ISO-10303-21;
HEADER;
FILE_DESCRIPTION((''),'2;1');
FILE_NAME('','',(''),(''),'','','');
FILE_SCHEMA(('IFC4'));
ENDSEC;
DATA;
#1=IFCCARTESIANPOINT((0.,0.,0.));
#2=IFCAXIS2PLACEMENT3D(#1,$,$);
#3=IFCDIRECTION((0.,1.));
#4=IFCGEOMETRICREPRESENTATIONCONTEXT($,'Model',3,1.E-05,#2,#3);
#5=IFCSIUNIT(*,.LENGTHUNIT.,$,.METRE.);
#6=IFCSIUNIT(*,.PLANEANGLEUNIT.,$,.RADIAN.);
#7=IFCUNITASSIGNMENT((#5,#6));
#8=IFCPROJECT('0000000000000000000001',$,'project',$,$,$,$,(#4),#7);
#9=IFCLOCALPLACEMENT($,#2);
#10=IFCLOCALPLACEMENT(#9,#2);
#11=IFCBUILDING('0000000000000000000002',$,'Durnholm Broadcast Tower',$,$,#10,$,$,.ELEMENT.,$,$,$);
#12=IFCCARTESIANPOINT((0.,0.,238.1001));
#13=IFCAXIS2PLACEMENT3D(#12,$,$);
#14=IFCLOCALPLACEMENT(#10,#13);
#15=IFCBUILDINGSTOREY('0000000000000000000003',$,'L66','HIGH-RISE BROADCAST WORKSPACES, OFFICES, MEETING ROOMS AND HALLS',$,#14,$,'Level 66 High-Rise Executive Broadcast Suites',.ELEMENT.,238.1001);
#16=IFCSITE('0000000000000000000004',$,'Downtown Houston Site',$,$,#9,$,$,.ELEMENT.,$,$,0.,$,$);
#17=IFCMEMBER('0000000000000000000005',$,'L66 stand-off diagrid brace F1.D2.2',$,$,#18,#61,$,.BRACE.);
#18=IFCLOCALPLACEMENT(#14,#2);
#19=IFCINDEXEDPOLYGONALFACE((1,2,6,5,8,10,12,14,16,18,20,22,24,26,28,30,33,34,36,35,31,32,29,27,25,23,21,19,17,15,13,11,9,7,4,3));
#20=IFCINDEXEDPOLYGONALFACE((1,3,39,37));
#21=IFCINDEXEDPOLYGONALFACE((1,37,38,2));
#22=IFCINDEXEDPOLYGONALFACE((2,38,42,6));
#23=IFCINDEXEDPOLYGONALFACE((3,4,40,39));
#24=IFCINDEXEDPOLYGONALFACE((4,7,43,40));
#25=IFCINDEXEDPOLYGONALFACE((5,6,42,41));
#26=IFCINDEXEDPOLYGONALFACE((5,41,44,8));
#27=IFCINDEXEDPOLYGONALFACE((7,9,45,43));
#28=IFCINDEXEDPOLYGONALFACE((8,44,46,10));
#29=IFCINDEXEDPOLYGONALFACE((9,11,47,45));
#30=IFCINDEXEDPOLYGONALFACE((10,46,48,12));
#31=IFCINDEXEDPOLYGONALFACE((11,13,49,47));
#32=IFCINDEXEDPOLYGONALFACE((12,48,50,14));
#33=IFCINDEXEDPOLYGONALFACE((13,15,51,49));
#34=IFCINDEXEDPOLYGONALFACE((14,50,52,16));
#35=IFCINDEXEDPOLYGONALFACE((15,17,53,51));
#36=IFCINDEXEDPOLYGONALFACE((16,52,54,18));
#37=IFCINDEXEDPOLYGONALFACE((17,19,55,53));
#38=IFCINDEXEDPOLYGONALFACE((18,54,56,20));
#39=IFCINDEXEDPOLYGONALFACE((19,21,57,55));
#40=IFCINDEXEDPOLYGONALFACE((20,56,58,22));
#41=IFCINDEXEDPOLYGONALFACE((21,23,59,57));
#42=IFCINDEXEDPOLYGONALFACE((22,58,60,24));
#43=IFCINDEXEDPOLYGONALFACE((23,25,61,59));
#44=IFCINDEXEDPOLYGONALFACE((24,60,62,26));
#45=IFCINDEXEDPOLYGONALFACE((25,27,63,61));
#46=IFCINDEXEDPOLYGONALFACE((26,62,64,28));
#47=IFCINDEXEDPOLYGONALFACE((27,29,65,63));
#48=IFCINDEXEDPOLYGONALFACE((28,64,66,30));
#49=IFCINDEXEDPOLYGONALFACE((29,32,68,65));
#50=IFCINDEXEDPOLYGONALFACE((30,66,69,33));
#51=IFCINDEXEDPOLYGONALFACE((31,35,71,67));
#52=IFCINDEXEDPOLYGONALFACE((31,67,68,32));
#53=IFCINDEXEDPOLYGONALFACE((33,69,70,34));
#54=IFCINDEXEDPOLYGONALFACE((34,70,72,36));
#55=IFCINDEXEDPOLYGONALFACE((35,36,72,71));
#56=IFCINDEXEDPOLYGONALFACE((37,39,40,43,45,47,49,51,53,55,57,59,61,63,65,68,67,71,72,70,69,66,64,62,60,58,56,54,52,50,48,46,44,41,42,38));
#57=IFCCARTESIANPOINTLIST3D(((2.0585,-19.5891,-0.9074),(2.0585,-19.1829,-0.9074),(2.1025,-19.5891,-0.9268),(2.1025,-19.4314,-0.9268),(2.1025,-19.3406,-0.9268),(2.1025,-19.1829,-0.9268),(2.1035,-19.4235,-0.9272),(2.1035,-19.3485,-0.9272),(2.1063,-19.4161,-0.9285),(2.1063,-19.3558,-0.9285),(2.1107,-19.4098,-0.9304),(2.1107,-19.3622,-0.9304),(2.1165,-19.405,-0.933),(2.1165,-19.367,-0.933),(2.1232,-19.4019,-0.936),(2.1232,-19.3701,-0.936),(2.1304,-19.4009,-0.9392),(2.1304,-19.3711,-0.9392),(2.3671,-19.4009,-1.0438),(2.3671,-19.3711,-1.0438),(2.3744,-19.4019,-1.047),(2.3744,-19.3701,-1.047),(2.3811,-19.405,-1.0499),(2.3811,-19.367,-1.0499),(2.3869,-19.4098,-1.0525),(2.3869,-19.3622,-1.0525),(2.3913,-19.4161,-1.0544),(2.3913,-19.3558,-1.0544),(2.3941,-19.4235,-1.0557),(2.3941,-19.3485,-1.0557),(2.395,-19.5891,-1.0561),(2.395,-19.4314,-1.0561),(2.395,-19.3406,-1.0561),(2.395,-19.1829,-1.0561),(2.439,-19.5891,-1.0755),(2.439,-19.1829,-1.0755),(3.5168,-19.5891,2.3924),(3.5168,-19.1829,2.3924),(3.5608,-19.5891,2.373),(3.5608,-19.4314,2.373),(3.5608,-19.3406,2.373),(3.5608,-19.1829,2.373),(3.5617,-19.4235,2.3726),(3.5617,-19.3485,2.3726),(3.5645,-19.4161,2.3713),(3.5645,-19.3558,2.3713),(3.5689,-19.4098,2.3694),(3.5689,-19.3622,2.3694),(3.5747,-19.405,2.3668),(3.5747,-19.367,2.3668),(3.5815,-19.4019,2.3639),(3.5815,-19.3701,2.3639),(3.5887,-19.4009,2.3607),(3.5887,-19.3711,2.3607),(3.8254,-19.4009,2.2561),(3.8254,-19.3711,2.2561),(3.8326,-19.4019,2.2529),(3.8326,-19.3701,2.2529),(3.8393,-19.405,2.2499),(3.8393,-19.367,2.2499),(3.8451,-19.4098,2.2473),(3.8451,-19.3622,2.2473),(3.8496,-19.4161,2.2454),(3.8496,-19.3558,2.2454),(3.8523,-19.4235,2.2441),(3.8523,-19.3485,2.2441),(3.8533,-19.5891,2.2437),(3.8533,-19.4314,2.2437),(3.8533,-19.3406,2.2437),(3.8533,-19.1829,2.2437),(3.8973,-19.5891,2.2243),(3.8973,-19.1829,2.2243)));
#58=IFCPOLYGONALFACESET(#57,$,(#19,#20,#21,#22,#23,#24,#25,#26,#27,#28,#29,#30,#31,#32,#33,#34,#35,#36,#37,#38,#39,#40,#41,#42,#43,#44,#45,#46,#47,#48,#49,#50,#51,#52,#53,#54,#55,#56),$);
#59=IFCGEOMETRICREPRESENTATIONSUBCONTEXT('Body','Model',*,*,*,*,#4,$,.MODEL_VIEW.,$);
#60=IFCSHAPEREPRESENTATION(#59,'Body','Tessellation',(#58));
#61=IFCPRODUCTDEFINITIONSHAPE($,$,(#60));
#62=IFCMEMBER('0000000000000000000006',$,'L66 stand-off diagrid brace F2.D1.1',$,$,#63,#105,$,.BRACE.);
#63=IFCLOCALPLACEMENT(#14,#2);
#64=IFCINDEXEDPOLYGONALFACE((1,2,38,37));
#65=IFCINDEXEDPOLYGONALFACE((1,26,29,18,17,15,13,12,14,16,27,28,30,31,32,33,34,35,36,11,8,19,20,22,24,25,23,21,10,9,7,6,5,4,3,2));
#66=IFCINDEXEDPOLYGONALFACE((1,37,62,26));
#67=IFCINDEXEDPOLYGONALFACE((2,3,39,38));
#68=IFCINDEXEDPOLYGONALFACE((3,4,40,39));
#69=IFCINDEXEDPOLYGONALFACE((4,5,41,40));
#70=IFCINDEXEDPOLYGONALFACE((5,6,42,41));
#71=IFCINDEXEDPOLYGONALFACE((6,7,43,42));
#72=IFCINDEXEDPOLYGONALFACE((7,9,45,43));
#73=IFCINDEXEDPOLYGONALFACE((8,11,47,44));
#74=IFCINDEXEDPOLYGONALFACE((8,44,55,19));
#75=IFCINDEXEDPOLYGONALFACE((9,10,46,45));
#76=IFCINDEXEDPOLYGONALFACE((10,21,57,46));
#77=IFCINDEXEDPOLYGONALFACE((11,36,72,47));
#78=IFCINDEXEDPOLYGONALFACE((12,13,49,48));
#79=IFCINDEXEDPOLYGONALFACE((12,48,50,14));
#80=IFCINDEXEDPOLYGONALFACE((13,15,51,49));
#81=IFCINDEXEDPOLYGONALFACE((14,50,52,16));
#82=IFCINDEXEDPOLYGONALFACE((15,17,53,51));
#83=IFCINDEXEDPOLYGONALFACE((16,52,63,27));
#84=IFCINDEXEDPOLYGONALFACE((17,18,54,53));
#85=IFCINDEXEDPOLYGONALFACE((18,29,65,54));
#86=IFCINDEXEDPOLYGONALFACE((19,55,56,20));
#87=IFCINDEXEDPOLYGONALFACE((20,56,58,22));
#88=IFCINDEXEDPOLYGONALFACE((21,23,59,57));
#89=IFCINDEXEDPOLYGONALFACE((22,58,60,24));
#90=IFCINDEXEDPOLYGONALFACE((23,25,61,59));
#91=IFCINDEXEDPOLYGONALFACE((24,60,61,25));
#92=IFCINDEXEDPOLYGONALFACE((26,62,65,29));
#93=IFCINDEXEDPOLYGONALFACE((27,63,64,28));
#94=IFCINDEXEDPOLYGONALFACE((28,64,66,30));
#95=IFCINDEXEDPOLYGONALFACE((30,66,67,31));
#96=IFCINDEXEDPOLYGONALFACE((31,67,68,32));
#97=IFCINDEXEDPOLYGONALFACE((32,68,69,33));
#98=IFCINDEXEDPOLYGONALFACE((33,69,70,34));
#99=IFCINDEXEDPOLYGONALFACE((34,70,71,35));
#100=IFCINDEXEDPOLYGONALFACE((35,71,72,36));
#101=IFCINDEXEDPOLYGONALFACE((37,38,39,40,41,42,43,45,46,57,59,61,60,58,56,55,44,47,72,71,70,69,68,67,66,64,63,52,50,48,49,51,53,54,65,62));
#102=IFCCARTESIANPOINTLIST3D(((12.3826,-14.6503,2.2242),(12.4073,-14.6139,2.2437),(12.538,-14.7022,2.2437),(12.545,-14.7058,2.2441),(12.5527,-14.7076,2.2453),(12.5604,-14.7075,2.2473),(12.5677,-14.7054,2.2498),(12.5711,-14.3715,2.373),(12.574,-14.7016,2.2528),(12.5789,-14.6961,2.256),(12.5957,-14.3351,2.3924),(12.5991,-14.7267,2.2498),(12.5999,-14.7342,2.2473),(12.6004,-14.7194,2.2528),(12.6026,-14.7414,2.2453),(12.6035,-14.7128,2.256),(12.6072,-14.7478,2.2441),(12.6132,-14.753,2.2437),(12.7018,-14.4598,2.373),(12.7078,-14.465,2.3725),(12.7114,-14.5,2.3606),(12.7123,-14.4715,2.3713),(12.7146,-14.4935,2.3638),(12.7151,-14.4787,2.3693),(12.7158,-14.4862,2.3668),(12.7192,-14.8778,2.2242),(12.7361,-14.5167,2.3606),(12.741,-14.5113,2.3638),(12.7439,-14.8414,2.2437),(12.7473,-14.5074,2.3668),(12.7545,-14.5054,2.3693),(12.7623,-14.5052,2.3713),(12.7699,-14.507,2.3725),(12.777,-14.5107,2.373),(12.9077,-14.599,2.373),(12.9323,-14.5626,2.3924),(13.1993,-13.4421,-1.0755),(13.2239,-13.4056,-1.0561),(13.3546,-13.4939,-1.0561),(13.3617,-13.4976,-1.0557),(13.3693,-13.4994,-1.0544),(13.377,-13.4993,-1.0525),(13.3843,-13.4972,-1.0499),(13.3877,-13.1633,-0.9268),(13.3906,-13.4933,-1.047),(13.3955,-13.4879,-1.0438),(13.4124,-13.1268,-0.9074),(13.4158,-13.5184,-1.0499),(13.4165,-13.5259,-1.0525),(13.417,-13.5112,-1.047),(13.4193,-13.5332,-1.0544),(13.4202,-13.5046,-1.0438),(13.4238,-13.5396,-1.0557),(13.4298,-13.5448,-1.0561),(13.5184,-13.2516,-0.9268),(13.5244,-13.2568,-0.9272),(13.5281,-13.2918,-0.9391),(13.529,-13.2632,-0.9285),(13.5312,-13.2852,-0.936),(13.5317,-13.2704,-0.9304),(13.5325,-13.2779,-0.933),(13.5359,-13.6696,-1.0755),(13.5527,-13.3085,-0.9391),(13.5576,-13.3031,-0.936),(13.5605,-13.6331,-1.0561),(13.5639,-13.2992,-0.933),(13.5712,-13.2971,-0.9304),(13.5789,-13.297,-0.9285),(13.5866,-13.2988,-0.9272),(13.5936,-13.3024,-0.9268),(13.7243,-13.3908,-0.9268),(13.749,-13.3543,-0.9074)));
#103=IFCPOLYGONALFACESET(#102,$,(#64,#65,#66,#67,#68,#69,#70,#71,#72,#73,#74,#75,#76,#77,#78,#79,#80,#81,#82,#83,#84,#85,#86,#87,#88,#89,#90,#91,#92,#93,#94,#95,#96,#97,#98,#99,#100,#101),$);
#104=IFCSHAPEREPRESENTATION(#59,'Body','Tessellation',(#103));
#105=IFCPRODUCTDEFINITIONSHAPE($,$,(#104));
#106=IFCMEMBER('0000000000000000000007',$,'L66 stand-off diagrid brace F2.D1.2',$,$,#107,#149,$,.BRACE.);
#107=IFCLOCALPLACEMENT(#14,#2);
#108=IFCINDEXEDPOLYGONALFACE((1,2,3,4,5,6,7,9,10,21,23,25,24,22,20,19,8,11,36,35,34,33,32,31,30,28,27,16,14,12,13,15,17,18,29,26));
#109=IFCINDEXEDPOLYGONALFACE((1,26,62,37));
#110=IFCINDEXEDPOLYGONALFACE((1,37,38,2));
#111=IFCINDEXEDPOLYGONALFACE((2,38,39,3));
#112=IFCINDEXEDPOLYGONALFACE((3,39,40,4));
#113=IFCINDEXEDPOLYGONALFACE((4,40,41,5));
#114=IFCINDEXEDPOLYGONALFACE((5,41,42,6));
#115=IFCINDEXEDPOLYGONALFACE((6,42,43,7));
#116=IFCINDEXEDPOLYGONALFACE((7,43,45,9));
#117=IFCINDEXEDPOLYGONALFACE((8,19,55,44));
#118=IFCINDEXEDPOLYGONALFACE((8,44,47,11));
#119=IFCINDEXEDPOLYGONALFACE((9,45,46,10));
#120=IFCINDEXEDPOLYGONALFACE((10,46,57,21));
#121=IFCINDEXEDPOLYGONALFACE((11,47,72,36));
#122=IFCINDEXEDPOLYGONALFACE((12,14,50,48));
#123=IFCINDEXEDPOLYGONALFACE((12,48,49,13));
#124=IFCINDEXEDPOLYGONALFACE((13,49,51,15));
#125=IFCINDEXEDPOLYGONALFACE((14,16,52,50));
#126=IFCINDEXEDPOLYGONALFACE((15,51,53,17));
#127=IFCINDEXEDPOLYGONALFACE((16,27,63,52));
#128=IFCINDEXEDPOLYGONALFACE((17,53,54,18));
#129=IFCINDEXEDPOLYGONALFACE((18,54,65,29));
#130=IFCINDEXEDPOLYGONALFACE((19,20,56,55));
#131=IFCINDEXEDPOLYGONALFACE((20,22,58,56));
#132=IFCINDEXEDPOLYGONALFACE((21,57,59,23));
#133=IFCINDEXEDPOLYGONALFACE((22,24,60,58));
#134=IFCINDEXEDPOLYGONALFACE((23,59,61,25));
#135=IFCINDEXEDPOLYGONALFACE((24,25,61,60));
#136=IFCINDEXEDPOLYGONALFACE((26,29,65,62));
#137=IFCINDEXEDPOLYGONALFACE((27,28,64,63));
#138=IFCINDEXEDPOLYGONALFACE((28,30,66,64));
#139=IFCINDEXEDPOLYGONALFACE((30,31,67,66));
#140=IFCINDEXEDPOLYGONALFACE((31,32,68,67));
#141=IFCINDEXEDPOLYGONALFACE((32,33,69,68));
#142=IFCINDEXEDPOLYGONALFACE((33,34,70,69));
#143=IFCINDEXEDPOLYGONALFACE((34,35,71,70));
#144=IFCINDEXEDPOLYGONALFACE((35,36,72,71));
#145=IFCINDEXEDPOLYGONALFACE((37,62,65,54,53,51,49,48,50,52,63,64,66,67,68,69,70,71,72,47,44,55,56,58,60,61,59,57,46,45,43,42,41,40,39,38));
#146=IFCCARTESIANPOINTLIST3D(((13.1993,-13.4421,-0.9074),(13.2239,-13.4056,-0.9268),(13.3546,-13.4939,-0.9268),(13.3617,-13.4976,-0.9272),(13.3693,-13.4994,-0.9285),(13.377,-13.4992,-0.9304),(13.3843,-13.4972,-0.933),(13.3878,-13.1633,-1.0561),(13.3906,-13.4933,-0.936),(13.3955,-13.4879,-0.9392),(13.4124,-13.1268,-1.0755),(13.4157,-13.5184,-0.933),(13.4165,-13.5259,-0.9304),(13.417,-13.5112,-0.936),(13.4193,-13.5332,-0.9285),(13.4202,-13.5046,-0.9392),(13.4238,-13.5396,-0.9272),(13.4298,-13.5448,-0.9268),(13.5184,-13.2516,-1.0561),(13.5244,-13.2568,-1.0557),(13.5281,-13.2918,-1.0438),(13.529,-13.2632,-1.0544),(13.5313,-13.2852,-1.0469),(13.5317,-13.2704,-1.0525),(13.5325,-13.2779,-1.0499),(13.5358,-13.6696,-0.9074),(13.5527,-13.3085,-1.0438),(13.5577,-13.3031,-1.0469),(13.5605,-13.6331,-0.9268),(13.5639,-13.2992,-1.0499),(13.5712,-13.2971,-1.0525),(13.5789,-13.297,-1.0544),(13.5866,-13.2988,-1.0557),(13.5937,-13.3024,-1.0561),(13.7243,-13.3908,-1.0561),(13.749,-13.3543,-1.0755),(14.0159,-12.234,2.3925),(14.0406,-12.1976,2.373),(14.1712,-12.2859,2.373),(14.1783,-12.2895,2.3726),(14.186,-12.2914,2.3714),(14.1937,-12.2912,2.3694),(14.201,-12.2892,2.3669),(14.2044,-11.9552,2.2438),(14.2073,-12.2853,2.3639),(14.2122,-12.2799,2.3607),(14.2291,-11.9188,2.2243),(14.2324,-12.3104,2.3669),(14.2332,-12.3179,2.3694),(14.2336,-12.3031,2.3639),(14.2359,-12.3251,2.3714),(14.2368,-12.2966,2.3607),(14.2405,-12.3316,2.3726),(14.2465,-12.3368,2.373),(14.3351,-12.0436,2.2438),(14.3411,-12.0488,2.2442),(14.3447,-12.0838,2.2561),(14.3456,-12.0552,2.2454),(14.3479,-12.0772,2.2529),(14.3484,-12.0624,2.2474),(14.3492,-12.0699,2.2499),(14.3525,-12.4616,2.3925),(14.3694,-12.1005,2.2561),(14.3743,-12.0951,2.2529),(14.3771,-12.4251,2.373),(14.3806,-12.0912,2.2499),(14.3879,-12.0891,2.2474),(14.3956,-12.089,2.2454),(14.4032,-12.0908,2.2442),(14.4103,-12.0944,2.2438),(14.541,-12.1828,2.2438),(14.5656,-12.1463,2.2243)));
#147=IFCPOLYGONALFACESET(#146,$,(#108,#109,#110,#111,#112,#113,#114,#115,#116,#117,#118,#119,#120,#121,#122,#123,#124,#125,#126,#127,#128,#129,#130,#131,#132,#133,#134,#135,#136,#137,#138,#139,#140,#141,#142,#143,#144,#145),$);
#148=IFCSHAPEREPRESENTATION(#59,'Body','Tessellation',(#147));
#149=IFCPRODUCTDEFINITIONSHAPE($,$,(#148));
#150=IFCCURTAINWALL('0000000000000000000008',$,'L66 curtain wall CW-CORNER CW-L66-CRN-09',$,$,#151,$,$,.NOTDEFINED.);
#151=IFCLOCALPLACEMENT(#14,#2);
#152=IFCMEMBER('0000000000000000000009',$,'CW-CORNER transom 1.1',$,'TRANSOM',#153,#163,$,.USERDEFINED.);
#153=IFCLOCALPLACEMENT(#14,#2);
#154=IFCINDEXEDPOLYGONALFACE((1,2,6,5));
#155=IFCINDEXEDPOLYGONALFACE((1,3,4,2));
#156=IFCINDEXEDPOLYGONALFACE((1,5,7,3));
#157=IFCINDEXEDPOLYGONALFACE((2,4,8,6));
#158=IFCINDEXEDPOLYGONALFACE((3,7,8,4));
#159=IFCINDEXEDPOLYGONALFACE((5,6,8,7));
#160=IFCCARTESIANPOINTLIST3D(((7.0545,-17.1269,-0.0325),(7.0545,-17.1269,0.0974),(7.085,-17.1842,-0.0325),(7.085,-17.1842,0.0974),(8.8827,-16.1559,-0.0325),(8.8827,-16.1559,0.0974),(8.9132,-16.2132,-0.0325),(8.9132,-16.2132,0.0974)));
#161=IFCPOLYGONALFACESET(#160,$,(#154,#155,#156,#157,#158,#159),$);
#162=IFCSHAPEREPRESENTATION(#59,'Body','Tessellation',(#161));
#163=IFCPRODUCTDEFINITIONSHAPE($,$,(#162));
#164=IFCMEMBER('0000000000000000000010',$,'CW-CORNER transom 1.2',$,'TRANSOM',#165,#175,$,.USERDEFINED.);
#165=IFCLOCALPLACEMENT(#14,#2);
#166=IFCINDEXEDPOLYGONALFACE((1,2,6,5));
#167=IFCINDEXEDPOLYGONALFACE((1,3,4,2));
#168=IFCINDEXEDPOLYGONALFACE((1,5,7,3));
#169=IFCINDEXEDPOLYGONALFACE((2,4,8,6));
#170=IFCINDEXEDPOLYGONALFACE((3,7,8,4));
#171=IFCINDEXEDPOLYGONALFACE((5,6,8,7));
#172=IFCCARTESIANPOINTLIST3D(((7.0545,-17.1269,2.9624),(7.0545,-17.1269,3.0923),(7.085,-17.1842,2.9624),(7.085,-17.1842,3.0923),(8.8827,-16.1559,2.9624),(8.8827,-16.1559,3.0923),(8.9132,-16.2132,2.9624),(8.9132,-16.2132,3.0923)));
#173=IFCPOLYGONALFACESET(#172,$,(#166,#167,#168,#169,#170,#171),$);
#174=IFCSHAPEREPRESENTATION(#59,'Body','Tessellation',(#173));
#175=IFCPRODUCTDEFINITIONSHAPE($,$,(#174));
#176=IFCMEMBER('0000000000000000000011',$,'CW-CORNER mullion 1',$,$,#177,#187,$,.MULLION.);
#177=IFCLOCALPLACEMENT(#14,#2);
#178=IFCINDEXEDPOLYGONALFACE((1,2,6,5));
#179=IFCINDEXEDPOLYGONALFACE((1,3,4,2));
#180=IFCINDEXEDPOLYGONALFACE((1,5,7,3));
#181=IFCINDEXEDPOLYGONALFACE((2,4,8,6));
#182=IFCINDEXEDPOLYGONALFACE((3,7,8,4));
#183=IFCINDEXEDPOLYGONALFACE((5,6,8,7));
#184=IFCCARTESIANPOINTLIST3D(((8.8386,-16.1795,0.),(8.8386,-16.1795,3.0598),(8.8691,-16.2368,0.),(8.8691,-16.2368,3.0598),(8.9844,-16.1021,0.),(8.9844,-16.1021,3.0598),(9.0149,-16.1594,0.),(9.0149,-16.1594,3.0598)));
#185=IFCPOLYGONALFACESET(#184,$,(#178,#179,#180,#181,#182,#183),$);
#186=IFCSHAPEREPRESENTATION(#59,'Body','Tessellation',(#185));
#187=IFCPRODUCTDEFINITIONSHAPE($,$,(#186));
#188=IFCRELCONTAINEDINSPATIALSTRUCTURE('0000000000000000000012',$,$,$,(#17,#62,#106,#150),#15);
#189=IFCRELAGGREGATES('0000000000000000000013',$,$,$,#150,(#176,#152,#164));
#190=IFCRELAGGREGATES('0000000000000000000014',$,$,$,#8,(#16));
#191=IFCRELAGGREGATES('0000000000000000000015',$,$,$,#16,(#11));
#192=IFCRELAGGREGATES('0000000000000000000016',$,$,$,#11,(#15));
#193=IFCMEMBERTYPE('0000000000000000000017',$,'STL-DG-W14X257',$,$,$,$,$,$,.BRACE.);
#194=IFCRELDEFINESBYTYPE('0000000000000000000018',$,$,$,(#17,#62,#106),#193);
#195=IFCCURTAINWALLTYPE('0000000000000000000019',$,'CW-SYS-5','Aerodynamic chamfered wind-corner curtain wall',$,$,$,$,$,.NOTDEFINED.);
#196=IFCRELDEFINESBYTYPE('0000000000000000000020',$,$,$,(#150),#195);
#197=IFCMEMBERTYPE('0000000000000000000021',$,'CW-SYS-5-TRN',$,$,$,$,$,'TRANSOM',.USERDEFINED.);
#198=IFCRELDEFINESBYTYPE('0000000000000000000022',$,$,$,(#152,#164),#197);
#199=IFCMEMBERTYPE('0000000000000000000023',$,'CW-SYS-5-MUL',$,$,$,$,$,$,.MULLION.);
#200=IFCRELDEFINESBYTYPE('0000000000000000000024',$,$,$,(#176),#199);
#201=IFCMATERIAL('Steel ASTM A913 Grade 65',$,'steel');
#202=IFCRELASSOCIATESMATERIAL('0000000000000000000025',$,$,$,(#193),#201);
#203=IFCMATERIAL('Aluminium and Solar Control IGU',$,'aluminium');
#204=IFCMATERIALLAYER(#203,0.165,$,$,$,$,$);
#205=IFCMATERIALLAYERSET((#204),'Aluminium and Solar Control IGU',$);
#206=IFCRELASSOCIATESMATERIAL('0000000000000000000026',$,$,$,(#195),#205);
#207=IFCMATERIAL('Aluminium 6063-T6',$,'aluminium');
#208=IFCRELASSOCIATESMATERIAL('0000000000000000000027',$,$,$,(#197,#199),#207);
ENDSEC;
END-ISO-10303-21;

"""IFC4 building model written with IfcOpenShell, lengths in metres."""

from ifc_helpers import new_model, si_unit, direction, frame, origin, origin_2d, place, context, subcontext, project, spatial, rectangle, i_section, extrude, source, transform, mapped, material, layer, layer_set, material_profile, profile_set, type_object, type_shapes, element, aggregate, save


model = new_model("IFC4")

# Units and contexts
model_context = context("Model", 3, precision=1e-05, world=origin(), true_north=direction((0.0, 1.0)))
body_context = subcontext(model_context, "Body", "Model", "MODEL_VIEW")
ifc_project = project(units=[si_unit("LENGTHUNIT", "METRE"), si_unit("PLANEANGLEUNIT", "RADIAN")], contexts=[model_context])

# Site, building, storey
site_placement = place(None, origin())
site = spatial("IfcSite", under=ifc_project, at=site_placement, Name="Downtown Houston Site", CompositionType="ELEMENT", RefElevation=0.0)
building_placement = place(site_placement, origin())
building = spatial("IfcBuilding", under=site, at=building_placement, Name="Durnholm Broadcast Tower", CompositionType="ELEMENT")
storey_placement = place(building_placement, frame((0.0, 0.0, 238.1001)))
storey = spatial("IfcBuildingStorey", under=building, at=storey_placement, Name="L66", Description="HIGH-RISE BROADCAST WORKSPACES, OFFICES, MEETING ROOMS AND HALLS", LongName="Level 66 High-Rise Executive Broadcast Suites", CompositionType="ELEMENT", Elevation=238.1001)

# Members
ifc_material_1 = material(Name="Steel ASTM A913 Grade 65", Category="steel")
ifc_material_profile_1 = material_profile(ifc_material_1, i_section(OverallWidth=0.4062, OverallDepth=0.416, WebThickness=0.0298, FlangeThickness=0.0481, FilletRadius=0.0305, at=origin_2d()), Name="W14X257")
ifc_profile_set_1 = profile_set([ifc_material_profile_1], Name="Steel ASTM A913 Grade 65")
member_type_1 = type_object("IfcMemberType", Name="STL-DG-W14X257", PredefinedType="BRACE", material=ifc_profile_set_1)
shared_shape_1 = source(origin(), body_context, "Body", "SweptSolid", [
    extrude(i_section(OverallWidth=0.4062, OverallDepth=0.416, WebThickness=0.0298, FlangeThickness=0.0481, FilletRadius=0.0305, at=origin_2d()), origin(), (0.0, 0.0, 1.0), 3.6077),
])
type_shapes(member_type_1, [shared_shape_1])
for number, where, z_axis, x_axis, name in (
    (1, (2.2488, -19.386, -0.9915), (0.40421, 0.0, 0.914666), (0.0, 1.0, 0.0), "L66 stand-off diagrid brace F1.D2.2"),
    (2, (13.4741, -13.3982, -0.9915), (-0.226363, -0.334909, 0.914656), (0.828505, -0.559982, 0.0), "L66 stand-off diagrid brace F2.D1.1"),
    (3, (13.4741, -13.3982, -0.9915), (0.226368, 0.334849, 0.914677), (-0.828452, 0.560059, 0.0), "L66 stand-off diagrid brace F2.D1.2"),
):
    element("IfcMember", number, at=place(storey_placement, frame(where, z_axis=z_axis, x_axis=x_axis)), inside=storey, type_object=member_type_1, Name=name, PredefinedType="BRACE", context=body_context, shape_type="MappedRepresentation", body=[
        mapped(shared_shape_1, transform((0.0, 0.0, 0.0), x_axis=(1.0, 0.0, 0.0), y_axis=(0.0, 1.0, 0.0), z_axis=(0.0, 0.0, 1.0), scale=1.0)),
    ])

# Curtain wall, members
ifc_material_2 = material(Name="Aluminium and Solar Control IGU", Category="aluminium")
ifc_layer_1 = layer(ifc_material_2, 0.165)
ifc_layer_set_1 = layer_set([ifc_layer_1], Name="Aluminium and Solar Control IGU")
curtain_wall_type_1 = type_object("IfcCurtainWallType", Name="CW-SYS-5", Description="Aerodynamic chamfered wind-corner curtain wall", PredefinedType="NOTDEFINED", material=ifc_layer_set_1)
curtain_wall_1_placement = place(storey_placement, origin())
curtain_wall_1 = element("IfcCurtainWall", 4, at=curtain_wall_1_placement, inside=storey, type_object=curtain_wall_type_1, Name="L66 curtain wall CW-CORNER CW-L66-CRN-09", PredefinedType="NOTDEFINED")
ifc_material_3 = material(Name="Aluminium 6063-T6", Category="aluminium")
ifc_material_profile_2 = material_profile(ifc_material_3, rectangle(XDim=0.0649, YDim=0.1299, at=origin_2d()), Name="CWT65X130")
ifc_profile_set_2 = profile_set([ifc_material_profile_2], Name="Aluminium 6063-T6")
member_type_2 = type_object("IfcMemberType", Name="CW-SYS-5-TRN", ElementType="TRANSOM", PredefinedType="USERDEFINED", material=ifc_profile_set_2)
shared_shape_2 = source(origin(), body_context, "Body", "SweptSolid", [
    extrude(rectangle(XDim=0.0649, YDim=0.1299, at=origin_2d()), origin(), (0.0, 0.0, 1.0), 2.0701),
])
type_shapes(member_type_2, [shared_shape_2])
member_1_placement = place(storey_placement, frame((8.8979, -16.1846, 0.0325), z_axis=(-0.883165, -0.469063, 0.0), x_axis=(0.469063, -0.883165, 0.0)))
member_1 = element("IfcMember", 5, at=member_1_placement, type_object=member_type_2, Name="CW-CORNER transom 1.1", ObjectType="TRANSOM", PredefinedType="USERDEFINED", context=body_context, shape_type="MappedRepresentation", body=[
    mapped(shared_shape_2, transform((0.0, 0.0, 0.0), x_axis=(1.0, 0.0, 0.0), y_axis=(0.0, 1.0, 0.0), z_axis=(0.0, 0.0, 1.0), scale=1.0)),
])
member_2_placement = place(storey_placement, frame((8.8979, -16.1846, 3.0273), z_axis=(-0.883165, -0.469063, 0.0), x_axis=(0.469063, -0.883165, 0.0)))
member_2 = element("IfcMember", 6, at=member_2_placement, type_object=member_type_2, Name="CW-CORNER transom 1.2", ObjectType="TRANSOM", PredefinedType="USERDEFINED", context=body_context, shape_type="MappedRepresentation", body=[
    mapped(shared_shape_2, transform((0.0, 0.0, 0.0), x_axis=(1.0, 0.0, 0.0), y_axis=(0.0, 1.0, 0.0), z_axis=(0.0, 0.0, 1.0), scale=1.0)),
])
ifc_material_profile_3 = material_profile(ifc_material_3, rectangle(XDim=0.0649, YDim=0.165, at=origin_2d()), Name="CWM65X165")
ifc_profile_set_3 = profile_set([ifc_material_profile_3], Name="Aluminium 6063-T6")
member_type_3 = type_object("IfcMemberType", Name="CW-SYS-5-MUL", PredefinedType="MULLION", material=ifc_profile_set_3)
shared_shape_3 = source(origin(), body_context, "Body", "SweptSolid", [
    extrude(rectangle(XDim=0.0649, YDim=0.165, at=origin_2d()), origin(), (0.0, 0.0, 1.0), 3.0598),
])
type_shapes(member_type_3, [shared_shape_3])
member_3_placement = place(storey_placement, frame((8.9268, -16.1694, 0.0), z_axis=(0.0, 0.0, 1.0), x_axis=(0.469007, -0.883195, 0.0)))
member_3 = element("IfcMember", 7, at=member_3_placement, type_object=member_type_3, Name="CW-CORNER mullion 1", PredefinedType="MULLION", context=body_context, shape_type="MappedRepresentation", body=[
    mapped(shared_shape_3, transform((0.0, 0.0, 0.0), x_axis=(1.0, 0.0, 0.0), y_axis=(0.0, 1.0, 0.0), z_axis=(0.0, 0.0, 1.0), scale=1.0)),
])

aggregate(curtain_wall_1, [member_3, member_1, member_2])

save(model, "model.ifc")
